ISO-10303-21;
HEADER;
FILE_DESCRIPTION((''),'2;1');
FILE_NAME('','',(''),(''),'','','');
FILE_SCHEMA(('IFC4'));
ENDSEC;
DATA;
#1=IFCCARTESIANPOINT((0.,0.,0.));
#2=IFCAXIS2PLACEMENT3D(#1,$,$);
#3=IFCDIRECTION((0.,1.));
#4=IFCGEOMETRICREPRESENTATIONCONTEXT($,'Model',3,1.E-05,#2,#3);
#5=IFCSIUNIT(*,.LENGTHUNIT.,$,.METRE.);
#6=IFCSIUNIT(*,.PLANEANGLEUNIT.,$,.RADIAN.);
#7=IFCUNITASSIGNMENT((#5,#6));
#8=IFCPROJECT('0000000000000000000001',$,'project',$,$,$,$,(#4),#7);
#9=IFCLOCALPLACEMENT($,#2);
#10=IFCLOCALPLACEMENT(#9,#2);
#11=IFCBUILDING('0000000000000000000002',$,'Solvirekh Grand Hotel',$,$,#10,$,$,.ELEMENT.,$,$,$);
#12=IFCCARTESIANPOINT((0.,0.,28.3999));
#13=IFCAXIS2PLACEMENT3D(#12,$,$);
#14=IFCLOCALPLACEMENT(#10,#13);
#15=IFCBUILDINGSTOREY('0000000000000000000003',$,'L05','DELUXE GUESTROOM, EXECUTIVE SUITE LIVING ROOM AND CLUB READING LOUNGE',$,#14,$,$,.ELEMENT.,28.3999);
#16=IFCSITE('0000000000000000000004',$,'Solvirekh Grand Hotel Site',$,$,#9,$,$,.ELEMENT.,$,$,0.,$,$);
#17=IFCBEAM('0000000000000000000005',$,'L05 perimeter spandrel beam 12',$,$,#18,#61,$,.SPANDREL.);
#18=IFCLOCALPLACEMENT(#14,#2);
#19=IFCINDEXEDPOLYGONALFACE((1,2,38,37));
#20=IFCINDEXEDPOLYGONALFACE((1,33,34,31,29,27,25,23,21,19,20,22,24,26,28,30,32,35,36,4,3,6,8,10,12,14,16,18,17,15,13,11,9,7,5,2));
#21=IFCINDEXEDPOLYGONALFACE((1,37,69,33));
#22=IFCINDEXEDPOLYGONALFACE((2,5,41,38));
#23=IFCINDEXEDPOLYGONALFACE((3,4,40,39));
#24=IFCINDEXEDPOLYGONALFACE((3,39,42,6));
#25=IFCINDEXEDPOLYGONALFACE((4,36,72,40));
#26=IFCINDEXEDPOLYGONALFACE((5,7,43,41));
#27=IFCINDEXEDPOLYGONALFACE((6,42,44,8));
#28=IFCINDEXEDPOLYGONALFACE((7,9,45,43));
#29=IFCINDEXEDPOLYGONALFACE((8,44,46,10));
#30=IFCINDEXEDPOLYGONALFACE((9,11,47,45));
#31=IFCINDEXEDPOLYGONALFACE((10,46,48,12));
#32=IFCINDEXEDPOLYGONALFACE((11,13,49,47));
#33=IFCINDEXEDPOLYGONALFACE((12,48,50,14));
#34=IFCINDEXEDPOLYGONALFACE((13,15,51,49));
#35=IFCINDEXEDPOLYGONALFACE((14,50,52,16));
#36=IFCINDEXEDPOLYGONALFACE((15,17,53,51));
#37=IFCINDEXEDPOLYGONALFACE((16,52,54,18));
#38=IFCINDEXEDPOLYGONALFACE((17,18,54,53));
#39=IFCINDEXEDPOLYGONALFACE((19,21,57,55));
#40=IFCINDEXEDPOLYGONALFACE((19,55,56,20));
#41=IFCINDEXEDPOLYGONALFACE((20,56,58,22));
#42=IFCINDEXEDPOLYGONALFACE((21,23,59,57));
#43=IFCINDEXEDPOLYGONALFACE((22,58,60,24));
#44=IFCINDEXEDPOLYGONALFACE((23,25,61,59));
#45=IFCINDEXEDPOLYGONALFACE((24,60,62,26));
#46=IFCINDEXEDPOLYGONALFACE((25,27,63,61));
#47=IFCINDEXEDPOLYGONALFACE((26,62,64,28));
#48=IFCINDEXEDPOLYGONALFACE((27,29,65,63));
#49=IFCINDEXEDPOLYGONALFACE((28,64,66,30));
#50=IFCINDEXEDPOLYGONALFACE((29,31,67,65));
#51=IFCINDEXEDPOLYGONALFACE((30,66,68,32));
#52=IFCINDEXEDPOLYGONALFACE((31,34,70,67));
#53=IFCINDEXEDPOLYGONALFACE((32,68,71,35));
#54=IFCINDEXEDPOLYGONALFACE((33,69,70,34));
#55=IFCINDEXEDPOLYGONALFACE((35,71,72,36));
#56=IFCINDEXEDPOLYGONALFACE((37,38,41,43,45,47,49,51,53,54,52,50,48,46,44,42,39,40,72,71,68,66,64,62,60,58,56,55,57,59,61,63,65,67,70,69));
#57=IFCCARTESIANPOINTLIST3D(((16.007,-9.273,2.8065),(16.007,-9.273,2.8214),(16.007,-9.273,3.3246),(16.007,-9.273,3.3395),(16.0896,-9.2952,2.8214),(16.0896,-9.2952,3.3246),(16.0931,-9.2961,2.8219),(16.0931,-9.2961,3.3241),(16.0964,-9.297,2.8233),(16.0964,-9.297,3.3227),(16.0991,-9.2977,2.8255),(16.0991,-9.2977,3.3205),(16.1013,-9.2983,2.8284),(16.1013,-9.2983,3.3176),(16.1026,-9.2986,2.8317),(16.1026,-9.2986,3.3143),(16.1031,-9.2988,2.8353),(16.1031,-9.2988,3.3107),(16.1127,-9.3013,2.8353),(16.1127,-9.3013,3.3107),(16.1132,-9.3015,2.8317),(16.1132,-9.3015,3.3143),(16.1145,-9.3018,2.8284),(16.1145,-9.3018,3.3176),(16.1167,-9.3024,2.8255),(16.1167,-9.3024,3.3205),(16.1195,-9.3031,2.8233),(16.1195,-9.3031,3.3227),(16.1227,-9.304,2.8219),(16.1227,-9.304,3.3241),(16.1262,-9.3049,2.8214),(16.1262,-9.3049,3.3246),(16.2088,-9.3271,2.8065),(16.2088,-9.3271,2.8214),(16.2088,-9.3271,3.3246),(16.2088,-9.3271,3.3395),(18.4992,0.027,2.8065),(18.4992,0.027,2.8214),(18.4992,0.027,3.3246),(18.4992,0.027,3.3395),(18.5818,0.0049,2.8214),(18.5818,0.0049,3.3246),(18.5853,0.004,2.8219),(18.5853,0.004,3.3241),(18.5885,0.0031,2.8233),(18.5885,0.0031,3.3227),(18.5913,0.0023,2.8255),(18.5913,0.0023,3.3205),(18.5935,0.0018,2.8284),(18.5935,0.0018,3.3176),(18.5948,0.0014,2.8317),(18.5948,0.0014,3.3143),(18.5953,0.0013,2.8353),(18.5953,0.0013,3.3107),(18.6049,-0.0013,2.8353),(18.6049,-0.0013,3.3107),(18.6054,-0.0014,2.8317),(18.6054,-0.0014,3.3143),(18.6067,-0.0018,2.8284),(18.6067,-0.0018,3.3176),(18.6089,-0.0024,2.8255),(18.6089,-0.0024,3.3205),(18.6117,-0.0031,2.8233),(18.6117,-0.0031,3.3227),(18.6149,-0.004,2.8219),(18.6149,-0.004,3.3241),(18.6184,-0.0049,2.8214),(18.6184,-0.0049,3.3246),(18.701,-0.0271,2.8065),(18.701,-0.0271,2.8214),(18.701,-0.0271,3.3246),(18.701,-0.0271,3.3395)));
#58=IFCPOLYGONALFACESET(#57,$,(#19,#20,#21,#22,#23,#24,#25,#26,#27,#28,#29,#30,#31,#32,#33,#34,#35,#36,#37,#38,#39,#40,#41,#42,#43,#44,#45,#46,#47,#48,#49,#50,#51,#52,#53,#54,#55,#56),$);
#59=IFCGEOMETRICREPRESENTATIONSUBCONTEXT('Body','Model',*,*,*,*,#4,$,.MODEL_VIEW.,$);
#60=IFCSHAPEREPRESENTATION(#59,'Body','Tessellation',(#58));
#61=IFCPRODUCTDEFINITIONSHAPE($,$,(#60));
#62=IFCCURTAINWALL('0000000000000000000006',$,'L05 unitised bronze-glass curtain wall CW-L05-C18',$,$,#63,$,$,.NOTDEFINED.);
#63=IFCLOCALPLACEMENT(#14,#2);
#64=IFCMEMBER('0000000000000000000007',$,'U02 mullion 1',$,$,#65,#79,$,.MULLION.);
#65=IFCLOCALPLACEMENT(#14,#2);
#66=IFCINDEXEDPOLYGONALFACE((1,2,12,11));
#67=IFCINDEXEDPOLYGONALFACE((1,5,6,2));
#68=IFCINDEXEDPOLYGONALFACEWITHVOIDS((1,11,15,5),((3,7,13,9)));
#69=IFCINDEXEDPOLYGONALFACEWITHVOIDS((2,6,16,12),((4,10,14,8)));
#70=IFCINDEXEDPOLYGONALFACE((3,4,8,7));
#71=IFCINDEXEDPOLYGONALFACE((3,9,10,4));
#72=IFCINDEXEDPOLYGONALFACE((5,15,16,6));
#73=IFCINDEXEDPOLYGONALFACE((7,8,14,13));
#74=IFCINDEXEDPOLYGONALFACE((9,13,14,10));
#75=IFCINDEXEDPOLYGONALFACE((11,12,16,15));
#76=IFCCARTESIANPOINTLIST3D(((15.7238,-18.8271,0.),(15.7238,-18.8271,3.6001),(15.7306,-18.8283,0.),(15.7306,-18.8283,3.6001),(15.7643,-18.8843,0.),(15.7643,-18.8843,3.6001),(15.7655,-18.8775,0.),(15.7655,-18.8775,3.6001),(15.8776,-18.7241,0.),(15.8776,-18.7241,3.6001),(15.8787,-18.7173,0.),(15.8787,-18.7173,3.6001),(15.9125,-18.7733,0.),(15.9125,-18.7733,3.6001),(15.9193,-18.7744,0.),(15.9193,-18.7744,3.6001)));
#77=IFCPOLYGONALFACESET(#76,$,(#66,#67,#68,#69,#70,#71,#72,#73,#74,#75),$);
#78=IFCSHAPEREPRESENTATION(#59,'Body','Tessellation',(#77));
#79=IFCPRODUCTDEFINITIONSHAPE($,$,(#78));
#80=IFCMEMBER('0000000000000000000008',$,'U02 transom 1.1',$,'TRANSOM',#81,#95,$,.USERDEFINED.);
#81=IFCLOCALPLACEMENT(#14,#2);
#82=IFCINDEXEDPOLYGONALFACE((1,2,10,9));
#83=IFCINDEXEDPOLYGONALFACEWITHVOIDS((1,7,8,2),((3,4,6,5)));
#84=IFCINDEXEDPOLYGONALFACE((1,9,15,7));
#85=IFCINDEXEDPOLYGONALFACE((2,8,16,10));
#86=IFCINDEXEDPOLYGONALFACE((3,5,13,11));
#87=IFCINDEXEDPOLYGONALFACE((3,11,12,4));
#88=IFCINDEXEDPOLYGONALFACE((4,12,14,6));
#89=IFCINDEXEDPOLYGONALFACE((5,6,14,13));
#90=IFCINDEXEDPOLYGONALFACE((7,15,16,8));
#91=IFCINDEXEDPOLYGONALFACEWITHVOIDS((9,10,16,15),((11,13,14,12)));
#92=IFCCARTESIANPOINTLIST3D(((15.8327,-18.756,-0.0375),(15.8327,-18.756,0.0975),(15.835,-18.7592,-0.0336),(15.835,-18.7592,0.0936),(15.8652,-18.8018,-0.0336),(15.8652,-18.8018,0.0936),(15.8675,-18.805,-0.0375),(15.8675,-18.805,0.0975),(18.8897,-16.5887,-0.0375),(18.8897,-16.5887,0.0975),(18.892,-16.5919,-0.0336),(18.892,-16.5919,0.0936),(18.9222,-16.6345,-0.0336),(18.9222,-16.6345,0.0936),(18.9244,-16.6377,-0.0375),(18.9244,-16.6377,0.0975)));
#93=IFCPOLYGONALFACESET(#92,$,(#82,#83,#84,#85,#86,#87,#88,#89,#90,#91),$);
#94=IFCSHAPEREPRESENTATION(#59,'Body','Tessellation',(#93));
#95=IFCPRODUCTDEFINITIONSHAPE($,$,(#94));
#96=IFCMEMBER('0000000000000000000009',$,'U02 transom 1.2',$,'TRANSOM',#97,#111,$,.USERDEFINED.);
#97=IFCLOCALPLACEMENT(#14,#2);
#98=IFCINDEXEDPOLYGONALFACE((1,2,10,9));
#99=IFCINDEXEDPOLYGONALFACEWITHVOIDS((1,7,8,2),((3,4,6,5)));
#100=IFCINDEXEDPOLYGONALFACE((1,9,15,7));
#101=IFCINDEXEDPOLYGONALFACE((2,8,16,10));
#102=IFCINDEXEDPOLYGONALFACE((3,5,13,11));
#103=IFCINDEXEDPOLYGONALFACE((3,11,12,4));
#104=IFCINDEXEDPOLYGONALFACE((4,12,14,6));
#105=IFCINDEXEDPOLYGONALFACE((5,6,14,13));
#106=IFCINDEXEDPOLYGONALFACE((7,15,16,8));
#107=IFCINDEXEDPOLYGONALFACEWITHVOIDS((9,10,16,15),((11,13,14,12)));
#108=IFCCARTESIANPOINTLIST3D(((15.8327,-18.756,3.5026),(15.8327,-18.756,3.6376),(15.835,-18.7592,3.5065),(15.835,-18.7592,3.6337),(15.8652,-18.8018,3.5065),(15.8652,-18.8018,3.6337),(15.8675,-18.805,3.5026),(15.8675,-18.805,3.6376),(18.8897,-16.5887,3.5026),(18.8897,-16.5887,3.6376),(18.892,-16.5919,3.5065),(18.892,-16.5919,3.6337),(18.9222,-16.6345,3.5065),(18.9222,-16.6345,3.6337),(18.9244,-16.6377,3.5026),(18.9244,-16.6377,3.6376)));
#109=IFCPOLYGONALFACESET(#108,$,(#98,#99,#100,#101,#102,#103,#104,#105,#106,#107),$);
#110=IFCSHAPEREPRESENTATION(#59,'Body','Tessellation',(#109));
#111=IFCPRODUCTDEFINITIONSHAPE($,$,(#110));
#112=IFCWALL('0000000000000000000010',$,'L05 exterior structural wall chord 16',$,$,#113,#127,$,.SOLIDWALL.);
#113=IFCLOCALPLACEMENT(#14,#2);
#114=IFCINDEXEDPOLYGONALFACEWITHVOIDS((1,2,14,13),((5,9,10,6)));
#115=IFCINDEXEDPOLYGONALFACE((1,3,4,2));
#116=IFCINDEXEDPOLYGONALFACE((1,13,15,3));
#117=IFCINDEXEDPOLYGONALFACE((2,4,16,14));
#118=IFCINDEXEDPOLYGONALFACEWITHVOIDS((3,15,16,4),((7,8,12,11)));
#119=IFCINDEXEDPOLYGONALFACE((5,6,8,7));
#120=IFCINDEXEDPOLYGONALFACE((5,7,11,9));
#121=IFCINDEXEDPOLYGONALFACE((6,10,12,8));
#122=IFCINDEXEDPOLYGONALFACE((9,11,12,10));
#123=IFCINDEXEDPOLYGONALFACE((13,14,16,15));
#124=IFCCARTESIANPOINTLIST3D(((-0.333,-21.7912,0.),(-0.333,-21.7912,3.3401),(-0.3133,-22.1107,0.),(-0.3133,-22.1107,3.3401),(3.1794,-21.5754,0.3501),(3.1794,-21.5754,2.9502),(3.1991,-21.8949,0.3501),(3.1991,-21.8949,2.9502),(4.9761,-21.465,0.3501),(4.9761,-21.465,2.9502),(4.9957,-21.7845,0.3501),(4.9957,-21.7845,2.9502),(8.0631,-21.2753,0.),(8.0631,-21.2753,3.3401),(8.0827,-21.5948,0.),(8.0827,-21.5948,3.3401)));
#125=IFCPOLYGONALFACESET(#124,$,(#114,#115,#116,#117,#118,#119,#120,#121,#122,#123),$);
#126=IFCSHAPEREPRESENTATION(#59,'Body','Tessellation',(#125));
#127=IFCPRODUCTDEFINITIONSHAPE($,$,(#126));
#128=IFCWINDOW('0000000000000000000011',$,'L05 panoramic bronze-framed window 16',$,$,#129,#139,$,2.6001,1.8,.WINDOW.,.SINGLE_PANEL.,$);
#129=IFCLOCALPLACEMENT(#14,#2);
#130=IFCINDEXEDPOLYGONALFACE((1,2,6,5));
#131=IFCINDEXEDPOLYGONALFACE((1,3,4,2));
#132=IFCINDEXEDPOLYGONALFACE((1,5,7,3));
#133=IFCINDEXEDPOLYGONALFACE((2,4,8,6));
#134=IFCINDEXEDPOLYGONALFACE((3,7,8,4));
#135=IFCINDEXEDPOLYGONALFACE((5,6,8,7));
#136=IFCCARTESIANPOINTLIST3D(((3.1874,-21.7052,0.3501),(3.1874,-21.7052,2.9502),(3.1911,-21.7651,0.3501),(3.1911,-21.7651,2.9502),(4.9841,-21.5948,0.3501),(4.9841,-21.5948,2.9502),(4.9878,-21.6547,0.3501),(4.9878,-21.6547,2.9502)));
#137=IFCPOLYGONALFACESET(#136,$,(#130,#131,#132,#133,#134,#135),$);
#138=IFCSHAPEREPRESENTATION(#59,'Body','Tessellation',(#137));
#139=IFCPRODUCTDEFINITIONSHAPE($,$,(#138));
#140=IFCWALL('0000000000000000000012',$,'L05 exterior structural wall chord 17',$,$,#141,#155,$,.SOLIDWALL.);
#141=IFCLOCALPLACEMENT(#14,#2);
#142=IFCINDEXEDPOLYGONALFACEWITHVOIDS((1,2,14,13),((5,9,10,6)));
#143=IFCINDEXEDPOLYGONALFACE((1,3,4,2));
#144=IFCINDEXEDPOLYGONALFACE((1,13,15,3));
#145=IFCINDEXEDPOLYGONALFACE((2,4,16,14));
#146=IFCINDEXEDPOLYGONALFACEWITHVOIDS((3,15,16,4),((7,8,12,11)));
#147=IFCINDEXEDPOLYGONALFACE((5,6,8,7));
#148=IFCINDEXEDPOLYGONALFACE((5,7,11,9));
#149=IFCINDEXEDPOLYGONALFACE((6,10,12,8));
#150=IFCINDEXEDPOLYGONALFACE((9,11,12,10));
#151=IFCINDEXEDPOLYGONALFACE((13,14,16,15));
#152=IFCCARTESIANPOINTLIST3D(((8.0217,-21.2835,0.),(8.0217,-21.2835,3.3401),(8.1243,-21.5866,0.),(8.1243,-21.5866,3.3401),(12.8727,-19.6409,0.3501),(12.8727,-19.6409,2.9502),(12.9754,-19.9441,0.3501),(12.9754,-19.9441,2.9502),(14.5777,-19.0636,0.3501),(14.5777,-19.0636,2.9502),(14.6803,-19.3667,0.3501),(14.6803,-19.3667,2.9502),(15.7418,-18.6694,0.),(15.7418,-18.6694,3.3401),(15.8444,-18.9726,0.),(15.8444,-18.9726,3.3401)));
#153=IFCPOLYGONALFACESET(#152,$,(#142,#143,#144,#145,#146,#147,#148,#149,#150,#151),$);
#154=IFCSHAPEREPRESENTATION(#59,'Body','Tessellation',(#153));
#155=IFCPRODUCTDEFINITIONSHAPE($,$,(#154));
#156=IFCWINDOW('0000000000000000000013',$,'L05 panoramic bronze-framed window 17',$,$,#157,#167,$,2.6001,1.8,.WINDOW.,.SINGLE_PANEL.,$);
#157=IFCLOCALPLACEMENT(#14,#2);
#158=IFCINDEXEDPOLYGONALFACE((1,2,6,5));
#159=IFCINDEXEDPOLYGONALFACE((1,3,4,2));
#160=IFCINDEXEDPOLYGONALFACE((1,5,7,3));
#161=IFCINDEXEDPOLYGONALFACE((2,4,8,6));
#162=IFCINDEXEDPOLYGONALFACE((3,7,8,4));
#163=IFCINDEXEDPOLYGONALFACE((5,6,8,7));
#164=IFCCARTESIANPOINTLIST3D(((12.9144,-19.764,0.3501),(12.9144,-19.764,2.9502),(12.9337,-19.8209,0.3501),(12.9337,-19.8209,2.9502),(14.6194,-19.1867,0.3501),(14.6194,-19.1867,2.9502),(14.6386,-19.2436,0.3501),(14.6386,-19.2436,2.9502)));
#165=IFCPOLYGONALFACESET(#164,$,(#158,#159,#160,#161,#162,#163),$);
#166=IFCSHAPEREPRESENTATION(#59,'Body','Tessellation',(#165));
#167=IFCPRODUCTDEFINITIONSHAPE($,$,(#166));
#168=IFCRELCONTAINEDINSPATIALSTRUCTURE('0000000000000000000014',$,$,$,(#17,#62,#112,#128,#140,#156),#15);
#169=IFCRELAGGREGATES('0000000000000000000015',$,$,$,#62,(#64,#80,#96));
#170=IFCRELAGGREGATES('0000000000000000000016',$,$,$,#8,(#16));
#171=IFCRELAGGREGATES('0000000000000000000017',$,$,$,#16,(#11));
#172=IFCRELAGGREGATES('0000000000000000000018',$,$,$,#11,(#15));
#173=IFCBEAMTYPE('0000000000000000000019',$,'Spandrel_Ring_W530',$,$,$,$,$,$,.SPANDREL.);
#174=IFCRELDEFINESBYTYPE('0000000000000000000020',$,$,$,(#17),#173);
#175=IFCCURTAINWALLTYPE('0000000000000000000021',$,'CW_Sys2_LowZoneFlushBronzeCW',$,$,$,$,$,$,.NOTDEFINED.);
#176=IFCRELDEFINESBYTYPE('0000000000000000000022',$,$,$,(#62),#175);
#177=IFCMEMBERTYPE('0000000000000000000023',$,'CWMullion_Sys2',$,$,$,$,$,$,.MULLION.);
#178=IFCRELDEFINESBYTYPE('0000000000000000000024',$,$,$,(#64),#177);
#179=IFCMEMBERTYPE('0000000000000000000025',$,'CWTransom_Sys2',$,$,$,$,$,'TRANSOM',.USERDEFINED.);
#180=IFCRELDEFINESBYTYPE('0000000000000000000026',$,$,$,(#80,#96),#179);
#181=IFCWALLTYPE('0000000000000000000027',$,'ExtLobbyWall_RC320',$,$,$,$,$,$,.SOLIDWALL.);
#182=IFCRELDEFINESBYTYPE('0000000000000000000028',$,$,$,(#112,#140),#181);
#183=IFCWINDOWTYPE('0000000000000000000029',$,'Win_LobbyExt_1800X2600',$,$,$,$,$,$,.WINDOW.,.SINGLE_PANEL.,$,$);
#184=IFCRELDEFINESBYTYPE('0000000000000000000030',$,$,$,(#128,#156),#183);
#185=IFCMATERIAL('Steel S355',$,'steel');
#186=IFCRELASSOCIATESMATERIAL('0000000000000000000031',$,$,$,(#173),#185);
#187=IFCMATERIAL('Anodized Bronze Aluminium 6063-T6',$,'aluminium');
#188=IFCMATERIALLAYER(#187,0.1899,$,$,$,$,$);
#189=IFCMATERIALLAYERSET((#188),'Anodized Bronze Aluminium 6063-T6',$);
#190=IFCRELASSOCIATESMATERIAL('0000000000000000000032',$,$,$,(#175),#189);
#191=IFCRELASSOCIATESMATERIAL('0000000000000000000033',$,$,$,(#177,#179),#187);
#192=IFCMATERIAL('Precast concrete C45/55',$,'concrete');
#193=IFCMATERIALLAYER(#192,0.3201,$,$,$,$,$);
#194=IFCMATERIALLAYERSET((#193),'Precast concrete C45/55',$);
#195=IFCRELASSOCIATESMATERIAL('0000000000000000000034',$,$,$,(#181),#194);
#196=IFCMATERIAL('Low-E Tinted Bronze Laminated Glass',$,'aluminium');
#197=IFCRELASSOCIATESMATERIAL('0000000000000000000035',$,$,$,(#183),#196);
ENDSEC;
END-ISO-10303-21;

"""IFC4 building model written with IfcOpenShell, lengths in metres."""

from ifc_helpers import new_model, si_unit, direction, frame, frame_2d, origin, origin_2d, place, context, subcontext, project, spatial, rectangle, hollow_rectangle, i_section, extrude, source, transform, mapped, material, layer, layer_set, material_profile, profile_set, type_object, element, fill, aggregate, save


model = new_model("IFC4")

# Units and contexts
model_context = context("Model", 3, precision=1e-05, world=origin(), true_north=direction((0.0, 1.0)))
body_context = subcontext(model_context, "Body", "Model", "MODEL_VIEW")
ifc_project = project(units=[si_unit("LENGTHUNIT", "METRE"), si_unit("PLANEANGLEUNIT", "RADIAN")], contexts=[model_context])

# Site, building, storey
site_placement = place(None, origin())
site = spatial("IfcSite", under=ifc_project, at=site_placement, Name="Solvirekh Grand Hotel Site", CompositionType="ELEMENT", RefElevation=0.0)
building_placement = place(site_placement, origin())
building = spatial("IfcBuilding", under=site, at=building_placement, Name="Solvirekh Grand Hotel", CompositionType="ELEMENT")
storey_placement = place(building_placement, frame((0.0, 0.0, 28.3999)))
storey = spatial("IfcBuildingStorey", under=building, at=storey_placement, Name="L05", Description="DELUXE GUESTROOM, EXECUTIVE SUITE LIVING ROOM AND CLUB READING LOUNGE", CompositionType="ELEMENT", Elevation=28.3999)

# Beam
ifc_material_1 = material(Name="Steel S355", Category="steel")
ifc_material_profile_1 = material_profile(ifc_material_1, i_section(OverallWidth=0.209, OverallDepth=0.533, WebThickness=0.01, FlangeThickness=0.0149, FilletRadius=0.0139, at=origin_2d()), Name="W530X92")
ifc_profile_set_1 = profile_set([ifc_material_profile_1], Name="Steel S355")
beam_type_1 = type_object("IfcBeamType", Name="Spandrel_Ring_W530", PredefinedType="SPANDREL", material=ifc_profile_set_1)
beam_1_placement = place(storey_placement, frame((16.1079, -9.3, 3.073), z_axis=(0.258843, 0.965919, 0.0), x_axis=(-0.965919, 0.258843, 0.0)))
element("IfcBeam", 1, at=beam_1_placement, inside=storey, type_object=beam_type_1, Name="L05 perimeter spandrel beam 12", PredefinedType="SPANDREL", context=body_context, shape_type="SweptSolid", body=[
    extrude(i_section(OverallWidth=0.209, OverallDepth=0.533, WebThickness=0.01, FlangeThickness=0.0149, FilletRadius=0.0139, at=origin_2d()), origin(), (0.0, 0.0, 1.0), 9.6282),
])

# Curtain wall, members
ifc_material_2 = material(Name="Anodized Bronze Aluminium 6063-T6", Category="aluminium")
ifc_layer_1 = layer(ifc_material_2, 0.1899)
ifc_layer_set_1 = layer_set([ifc_layer_1], Name="Anodized Bronze Aluminium 6063-T6")
curtain_wall_type = type_object("IfcCurtainWallType", Name="CW_Sys2_LowZoneFlushBronzeCW", PredefinedType="NOTDEFINED", material=ifc_layer_set_1)
curtain_wall_placement = place(storey_placement, origin())
curtain_wall = element("IfcCurtainWall", 2, at=curtain_wall_placement, inside=storey, type_object=curtain_wall_type, Name="L05 unitised bronze-glass curtain wall CW-L05-C18", PredefinedType="NOTDEFINED")
ifc_material_profile_2 = material_profile(ifc_material_2, hollow_rectangle(XDim=0.0701, YDim=0.1899, WallThickness=0.0049, at=origin_2d()), Name="ALU RHS 190X70X5")
ifc_profile_set_2 = profile_set([ifc_material_profile_2], Name="Anodized Bronze Aluminium 6063-T6")
member_type_1 = type_object("IfcMemberType", Name="CWMullion_Sys2", PredefinedType="MULLION", material=ifc_profile_set_2)
shared_shape_1 = source(origin(), body_context, "Body", "SweptSolid", [
    extrude(hollow_rectangle(XDim=0.0701, YDim=0.1899, WallThickness=0.0049, at=origin_2d()), origin(), (0.0, 0.0, 1.0), 3.6001),
])
member_1_placement = place(storey_placement, frame((15.8215, -18.8008, 0.0), z_axis=(0.0, 0.0, 1.0), x_axis=(-0.578374, 0.815772, 0.0)))
member_1 = element("IfcMember", 3, at=member_1_placement, type_object=member_type_1, Name="U02 mullion 1", PredefinedType="MULLION", context=body_context, shape_type="MappedRepresentation", body=[
    mapped(shared_shape_1, transform((0.0, 0.0, 0.0), x_axis=(1.0, 0.0, 0.0), y_axis=(0.0, 1.0, 0.0), z_axis=(0.0, 0.0, 1.0), scale=1.0)),
])
ifc_material_profile_3 = material_profile(ifc_material_2, hollow_rectangle(XDim=0.0601, YDim=0.135, WallThickness=0.0039, at=origin_2d()), Name="ALU RHS 135X60X4")
ifc_profile_set_3 = profile_set([ifc_material_profile_3], Name="Anodized Bronze Aluminium 6063-T6")
member_type_2 = type_object("IfcMemberType", Name="CWTransom_Sys2", ElementType="TRANSOM", PredefinedType="USERDEFINED", material=ifc_profile_set_3)
shared_shape_2 = source(origin(), body_context, "Body", "SweptSolid", [
    extrude(hollow_rectangle(XDim=0.0601, YDim=0.135, WallThickness=0.0039, at=origin_2d()), origin(), (0.0, 0.0, 1.0), 3.7473),
])
member_2_placement = place(storey_placement, frame((15.8501, -18.7805, 0.03), z_axis=(0.81578, 0.578363, 0.0), x_axis=(-0.578363, 0.81578, 0.0)))
member_2 = element("IfcMember", 4, at=member_2_placement, type_object=member_type_2, Name="U02 transom 1.1", ObjectType="TRANSOM", PredefinedType="USERDEFINED", context=body_context, shape_type="MappedRepresentation", body=[
    mapped(shared_shape_2, transform((0.0, 0.0, 0.0), x_axis=(1.0, 0.0, 0.0), y_axis=(0.0, 1.0, 0.0), z_axis=(0.0, 0.0, 1.0), scale=1.0)),
])
member_3_placement = place(storey_placement, frame((15.8501, -18.7805, 3.5701), z_axis=(0.81578, 0.578363, 0.0), x_axis=(-0.578363, 0.81578, 0.0)))
member_3 = element("IfcMember", 5, at=member_3_placement, type_object=member_type_2, Name="U02 transom 1.2", ObjectType="TRANSOM", PredefinedType="USERDEFINED", context=body_context, shape_type="MappedRepresentation", body=[
    mapped(shared_shape_2, transform((0.0, 0.0, 0.0), x_axis=(1.0, 0.0, 0.0), y_axis=(0.0, 1.0, 0.0), z_axis=(0.0, 0.0, 1.0), scale=1.0)),
])
aggregate(curtain_wall, [member_1, member_2, member_3])

# Walls, openings, windows
ifc_material_3 = material(Name="Precast concrete C45/55", Category="concrete")
ifc_layer_2 = layer(ifc_material_3, 0.3201)
ifc_layer_set_2 = layer_set([ifc_layer_2], Name="Precast concrete C45/55")
wall_type_1 = type_object("IfcWallType", Name="ExtLobbyWall_RC320", PredefinedType="SOLIDWALL", material=ifc_layer_set_2)
wall_1_placement = place(storey_placement, frame((8.073, -21.4351, 0.0), z_axis=(0.0, 0.0, 1.0), x_axis=(-0.998118, -0.061327, 0.0)))
wall_1 = element("IfcWall", 6, at=wall_1_placement, inside=storey, type_object=wall_type_1, Name="L05 exterior structural wall chord 16", PredefinedType="SOLIDWALL", context=body_context, shape_type="SweptSolid", body=[
    extrude(rectangle(XDim=8.4119, YDim=0.3201, at=frame_2d((4.2061, 0.0))), origin(), (0.0, 0.0, 1.0), 3.3401),
])
opening_1_placement = place(wall_1_placement, frame((3.093, 0.0, 0.3501)))
opening_1 = element("IfcOpeningElement", 7, at=opening_1_placement, cuts=wall_1, PredefinedType="OPENING", context=body_context, shape_type="SweptSolid", body=[
    extrude(rectangle(XDim=1.8, YDim=2.6001, at=frame_2d((0.8999, 1.3))), frame((0.0, 0.1699, 0.0), z_axis=(0.0, -1.0, 0.0), x_axis=(1.0, 0.0, 0.0)), (0.0, 0.0, 1.0), 0.3401),
])
ifc_material_4 = material(Name="Low-E Tinted Bronze Laminated Glass", Category="aluminium")
window_type = type_object("IfcWindowType", Name="Win_LobbyExt_1800X2600", PartitioningType="SINGLE_PANEL", PredefinedType="WINDOW", material=ifc_material_4)
window_1_placement = place(opening_1_placement, origin())
window_1 = element("IfcWindow", 8, at=window_1_placement, inside=storey, type_object=window_type, Name="L05 panoramic bronze-framed window 16", OverallHeight=2.6001, OverallWidth=1.8, PartitioningType="SINGLE_PANEL", PredefinedType="WINDOW", context=body_context, shape_type="SweptSolid", body=[
    extrude(rectangle(XDim=1.8, YDim=2.6001, at=frame_2d((0.8999, 1.3))), frame((0.0, 0.03, 0.0), z_axis=(0.0, -1.0, 0.0), x_axis=(1.0, 0.0, 0.0)), (0.0, 0.0, 1.0), 0.0601),
])
fill(opening_1, window_1)
wall_2_placement = place(storey_placement, frame((15.793, -18.821, 0.0), z_axis=(0.0, 0.0, 1.0), x_axis=(-0.947175, -0.320717, 0.0)))
wall_2 = element("IfcWall", 9, at=wall_2_placement, inside=storey, type_object=wall_type_1, Name="L05 exterior structural wall chord 17", PredefinedType="SOLIDWALL", context=body_context, shape_type="SweptSolid", body=[
    extrude(rectangle(XDim=8.1506, YDim=0.3201, at=frame_2d((4.0752, 0.0))), origin(), (0.0, 0.0, 1.0), 3.3401),
])
opening_2_placement = place(wall_2_placement, frame((1.229, 0.0, 0.3501)))
opening_2 = element("IfcOpeningElement", 10, at=opening_2_placement, cuts=wall_2, PredefinedType="OPENING", context=body_context, shape_type="SweptSolid", body=[
    extrude(rectangle(XDim=1.8, YDim=2.6001, at=frame_2d((0.8999, 1.3))), frame((0.0, 0.1699, 0.0), z_axis=(0.0, -1.0, 0.0), x_axis=(1.0, 0.0, 0.0)), (0.0, 0.0, 1.0), 0.3401),
])
window_2_placement = place(opening_2_placement, origin())
window_2 = element("IfcWindow", 11, at=window_2_placement, inside=storey, type_object=window_type, Name="L05 panoramic bronze-framed window 17", OverallHeight=2.6001, OverallWidth=1.8, PartitioningType="SINGLE_PANEL", PredefinedType="WINDOW", context=body_context, shape_type="SweptSolid", body=[
    extrude(rectangle(XDim=1.8, YDim=2.6001, at=frame_2d((0.8999, 1.3))), frame((0.0, 0.03, 0.0), z_axis=(0.0, -1.0, 0.0), x_axis=(1.0, 0.0, 0.0)), (0.0, 0.0, 1.0), 0.0601),
])
fill(opening_2, window_2)

save(model, "model.ifc")
